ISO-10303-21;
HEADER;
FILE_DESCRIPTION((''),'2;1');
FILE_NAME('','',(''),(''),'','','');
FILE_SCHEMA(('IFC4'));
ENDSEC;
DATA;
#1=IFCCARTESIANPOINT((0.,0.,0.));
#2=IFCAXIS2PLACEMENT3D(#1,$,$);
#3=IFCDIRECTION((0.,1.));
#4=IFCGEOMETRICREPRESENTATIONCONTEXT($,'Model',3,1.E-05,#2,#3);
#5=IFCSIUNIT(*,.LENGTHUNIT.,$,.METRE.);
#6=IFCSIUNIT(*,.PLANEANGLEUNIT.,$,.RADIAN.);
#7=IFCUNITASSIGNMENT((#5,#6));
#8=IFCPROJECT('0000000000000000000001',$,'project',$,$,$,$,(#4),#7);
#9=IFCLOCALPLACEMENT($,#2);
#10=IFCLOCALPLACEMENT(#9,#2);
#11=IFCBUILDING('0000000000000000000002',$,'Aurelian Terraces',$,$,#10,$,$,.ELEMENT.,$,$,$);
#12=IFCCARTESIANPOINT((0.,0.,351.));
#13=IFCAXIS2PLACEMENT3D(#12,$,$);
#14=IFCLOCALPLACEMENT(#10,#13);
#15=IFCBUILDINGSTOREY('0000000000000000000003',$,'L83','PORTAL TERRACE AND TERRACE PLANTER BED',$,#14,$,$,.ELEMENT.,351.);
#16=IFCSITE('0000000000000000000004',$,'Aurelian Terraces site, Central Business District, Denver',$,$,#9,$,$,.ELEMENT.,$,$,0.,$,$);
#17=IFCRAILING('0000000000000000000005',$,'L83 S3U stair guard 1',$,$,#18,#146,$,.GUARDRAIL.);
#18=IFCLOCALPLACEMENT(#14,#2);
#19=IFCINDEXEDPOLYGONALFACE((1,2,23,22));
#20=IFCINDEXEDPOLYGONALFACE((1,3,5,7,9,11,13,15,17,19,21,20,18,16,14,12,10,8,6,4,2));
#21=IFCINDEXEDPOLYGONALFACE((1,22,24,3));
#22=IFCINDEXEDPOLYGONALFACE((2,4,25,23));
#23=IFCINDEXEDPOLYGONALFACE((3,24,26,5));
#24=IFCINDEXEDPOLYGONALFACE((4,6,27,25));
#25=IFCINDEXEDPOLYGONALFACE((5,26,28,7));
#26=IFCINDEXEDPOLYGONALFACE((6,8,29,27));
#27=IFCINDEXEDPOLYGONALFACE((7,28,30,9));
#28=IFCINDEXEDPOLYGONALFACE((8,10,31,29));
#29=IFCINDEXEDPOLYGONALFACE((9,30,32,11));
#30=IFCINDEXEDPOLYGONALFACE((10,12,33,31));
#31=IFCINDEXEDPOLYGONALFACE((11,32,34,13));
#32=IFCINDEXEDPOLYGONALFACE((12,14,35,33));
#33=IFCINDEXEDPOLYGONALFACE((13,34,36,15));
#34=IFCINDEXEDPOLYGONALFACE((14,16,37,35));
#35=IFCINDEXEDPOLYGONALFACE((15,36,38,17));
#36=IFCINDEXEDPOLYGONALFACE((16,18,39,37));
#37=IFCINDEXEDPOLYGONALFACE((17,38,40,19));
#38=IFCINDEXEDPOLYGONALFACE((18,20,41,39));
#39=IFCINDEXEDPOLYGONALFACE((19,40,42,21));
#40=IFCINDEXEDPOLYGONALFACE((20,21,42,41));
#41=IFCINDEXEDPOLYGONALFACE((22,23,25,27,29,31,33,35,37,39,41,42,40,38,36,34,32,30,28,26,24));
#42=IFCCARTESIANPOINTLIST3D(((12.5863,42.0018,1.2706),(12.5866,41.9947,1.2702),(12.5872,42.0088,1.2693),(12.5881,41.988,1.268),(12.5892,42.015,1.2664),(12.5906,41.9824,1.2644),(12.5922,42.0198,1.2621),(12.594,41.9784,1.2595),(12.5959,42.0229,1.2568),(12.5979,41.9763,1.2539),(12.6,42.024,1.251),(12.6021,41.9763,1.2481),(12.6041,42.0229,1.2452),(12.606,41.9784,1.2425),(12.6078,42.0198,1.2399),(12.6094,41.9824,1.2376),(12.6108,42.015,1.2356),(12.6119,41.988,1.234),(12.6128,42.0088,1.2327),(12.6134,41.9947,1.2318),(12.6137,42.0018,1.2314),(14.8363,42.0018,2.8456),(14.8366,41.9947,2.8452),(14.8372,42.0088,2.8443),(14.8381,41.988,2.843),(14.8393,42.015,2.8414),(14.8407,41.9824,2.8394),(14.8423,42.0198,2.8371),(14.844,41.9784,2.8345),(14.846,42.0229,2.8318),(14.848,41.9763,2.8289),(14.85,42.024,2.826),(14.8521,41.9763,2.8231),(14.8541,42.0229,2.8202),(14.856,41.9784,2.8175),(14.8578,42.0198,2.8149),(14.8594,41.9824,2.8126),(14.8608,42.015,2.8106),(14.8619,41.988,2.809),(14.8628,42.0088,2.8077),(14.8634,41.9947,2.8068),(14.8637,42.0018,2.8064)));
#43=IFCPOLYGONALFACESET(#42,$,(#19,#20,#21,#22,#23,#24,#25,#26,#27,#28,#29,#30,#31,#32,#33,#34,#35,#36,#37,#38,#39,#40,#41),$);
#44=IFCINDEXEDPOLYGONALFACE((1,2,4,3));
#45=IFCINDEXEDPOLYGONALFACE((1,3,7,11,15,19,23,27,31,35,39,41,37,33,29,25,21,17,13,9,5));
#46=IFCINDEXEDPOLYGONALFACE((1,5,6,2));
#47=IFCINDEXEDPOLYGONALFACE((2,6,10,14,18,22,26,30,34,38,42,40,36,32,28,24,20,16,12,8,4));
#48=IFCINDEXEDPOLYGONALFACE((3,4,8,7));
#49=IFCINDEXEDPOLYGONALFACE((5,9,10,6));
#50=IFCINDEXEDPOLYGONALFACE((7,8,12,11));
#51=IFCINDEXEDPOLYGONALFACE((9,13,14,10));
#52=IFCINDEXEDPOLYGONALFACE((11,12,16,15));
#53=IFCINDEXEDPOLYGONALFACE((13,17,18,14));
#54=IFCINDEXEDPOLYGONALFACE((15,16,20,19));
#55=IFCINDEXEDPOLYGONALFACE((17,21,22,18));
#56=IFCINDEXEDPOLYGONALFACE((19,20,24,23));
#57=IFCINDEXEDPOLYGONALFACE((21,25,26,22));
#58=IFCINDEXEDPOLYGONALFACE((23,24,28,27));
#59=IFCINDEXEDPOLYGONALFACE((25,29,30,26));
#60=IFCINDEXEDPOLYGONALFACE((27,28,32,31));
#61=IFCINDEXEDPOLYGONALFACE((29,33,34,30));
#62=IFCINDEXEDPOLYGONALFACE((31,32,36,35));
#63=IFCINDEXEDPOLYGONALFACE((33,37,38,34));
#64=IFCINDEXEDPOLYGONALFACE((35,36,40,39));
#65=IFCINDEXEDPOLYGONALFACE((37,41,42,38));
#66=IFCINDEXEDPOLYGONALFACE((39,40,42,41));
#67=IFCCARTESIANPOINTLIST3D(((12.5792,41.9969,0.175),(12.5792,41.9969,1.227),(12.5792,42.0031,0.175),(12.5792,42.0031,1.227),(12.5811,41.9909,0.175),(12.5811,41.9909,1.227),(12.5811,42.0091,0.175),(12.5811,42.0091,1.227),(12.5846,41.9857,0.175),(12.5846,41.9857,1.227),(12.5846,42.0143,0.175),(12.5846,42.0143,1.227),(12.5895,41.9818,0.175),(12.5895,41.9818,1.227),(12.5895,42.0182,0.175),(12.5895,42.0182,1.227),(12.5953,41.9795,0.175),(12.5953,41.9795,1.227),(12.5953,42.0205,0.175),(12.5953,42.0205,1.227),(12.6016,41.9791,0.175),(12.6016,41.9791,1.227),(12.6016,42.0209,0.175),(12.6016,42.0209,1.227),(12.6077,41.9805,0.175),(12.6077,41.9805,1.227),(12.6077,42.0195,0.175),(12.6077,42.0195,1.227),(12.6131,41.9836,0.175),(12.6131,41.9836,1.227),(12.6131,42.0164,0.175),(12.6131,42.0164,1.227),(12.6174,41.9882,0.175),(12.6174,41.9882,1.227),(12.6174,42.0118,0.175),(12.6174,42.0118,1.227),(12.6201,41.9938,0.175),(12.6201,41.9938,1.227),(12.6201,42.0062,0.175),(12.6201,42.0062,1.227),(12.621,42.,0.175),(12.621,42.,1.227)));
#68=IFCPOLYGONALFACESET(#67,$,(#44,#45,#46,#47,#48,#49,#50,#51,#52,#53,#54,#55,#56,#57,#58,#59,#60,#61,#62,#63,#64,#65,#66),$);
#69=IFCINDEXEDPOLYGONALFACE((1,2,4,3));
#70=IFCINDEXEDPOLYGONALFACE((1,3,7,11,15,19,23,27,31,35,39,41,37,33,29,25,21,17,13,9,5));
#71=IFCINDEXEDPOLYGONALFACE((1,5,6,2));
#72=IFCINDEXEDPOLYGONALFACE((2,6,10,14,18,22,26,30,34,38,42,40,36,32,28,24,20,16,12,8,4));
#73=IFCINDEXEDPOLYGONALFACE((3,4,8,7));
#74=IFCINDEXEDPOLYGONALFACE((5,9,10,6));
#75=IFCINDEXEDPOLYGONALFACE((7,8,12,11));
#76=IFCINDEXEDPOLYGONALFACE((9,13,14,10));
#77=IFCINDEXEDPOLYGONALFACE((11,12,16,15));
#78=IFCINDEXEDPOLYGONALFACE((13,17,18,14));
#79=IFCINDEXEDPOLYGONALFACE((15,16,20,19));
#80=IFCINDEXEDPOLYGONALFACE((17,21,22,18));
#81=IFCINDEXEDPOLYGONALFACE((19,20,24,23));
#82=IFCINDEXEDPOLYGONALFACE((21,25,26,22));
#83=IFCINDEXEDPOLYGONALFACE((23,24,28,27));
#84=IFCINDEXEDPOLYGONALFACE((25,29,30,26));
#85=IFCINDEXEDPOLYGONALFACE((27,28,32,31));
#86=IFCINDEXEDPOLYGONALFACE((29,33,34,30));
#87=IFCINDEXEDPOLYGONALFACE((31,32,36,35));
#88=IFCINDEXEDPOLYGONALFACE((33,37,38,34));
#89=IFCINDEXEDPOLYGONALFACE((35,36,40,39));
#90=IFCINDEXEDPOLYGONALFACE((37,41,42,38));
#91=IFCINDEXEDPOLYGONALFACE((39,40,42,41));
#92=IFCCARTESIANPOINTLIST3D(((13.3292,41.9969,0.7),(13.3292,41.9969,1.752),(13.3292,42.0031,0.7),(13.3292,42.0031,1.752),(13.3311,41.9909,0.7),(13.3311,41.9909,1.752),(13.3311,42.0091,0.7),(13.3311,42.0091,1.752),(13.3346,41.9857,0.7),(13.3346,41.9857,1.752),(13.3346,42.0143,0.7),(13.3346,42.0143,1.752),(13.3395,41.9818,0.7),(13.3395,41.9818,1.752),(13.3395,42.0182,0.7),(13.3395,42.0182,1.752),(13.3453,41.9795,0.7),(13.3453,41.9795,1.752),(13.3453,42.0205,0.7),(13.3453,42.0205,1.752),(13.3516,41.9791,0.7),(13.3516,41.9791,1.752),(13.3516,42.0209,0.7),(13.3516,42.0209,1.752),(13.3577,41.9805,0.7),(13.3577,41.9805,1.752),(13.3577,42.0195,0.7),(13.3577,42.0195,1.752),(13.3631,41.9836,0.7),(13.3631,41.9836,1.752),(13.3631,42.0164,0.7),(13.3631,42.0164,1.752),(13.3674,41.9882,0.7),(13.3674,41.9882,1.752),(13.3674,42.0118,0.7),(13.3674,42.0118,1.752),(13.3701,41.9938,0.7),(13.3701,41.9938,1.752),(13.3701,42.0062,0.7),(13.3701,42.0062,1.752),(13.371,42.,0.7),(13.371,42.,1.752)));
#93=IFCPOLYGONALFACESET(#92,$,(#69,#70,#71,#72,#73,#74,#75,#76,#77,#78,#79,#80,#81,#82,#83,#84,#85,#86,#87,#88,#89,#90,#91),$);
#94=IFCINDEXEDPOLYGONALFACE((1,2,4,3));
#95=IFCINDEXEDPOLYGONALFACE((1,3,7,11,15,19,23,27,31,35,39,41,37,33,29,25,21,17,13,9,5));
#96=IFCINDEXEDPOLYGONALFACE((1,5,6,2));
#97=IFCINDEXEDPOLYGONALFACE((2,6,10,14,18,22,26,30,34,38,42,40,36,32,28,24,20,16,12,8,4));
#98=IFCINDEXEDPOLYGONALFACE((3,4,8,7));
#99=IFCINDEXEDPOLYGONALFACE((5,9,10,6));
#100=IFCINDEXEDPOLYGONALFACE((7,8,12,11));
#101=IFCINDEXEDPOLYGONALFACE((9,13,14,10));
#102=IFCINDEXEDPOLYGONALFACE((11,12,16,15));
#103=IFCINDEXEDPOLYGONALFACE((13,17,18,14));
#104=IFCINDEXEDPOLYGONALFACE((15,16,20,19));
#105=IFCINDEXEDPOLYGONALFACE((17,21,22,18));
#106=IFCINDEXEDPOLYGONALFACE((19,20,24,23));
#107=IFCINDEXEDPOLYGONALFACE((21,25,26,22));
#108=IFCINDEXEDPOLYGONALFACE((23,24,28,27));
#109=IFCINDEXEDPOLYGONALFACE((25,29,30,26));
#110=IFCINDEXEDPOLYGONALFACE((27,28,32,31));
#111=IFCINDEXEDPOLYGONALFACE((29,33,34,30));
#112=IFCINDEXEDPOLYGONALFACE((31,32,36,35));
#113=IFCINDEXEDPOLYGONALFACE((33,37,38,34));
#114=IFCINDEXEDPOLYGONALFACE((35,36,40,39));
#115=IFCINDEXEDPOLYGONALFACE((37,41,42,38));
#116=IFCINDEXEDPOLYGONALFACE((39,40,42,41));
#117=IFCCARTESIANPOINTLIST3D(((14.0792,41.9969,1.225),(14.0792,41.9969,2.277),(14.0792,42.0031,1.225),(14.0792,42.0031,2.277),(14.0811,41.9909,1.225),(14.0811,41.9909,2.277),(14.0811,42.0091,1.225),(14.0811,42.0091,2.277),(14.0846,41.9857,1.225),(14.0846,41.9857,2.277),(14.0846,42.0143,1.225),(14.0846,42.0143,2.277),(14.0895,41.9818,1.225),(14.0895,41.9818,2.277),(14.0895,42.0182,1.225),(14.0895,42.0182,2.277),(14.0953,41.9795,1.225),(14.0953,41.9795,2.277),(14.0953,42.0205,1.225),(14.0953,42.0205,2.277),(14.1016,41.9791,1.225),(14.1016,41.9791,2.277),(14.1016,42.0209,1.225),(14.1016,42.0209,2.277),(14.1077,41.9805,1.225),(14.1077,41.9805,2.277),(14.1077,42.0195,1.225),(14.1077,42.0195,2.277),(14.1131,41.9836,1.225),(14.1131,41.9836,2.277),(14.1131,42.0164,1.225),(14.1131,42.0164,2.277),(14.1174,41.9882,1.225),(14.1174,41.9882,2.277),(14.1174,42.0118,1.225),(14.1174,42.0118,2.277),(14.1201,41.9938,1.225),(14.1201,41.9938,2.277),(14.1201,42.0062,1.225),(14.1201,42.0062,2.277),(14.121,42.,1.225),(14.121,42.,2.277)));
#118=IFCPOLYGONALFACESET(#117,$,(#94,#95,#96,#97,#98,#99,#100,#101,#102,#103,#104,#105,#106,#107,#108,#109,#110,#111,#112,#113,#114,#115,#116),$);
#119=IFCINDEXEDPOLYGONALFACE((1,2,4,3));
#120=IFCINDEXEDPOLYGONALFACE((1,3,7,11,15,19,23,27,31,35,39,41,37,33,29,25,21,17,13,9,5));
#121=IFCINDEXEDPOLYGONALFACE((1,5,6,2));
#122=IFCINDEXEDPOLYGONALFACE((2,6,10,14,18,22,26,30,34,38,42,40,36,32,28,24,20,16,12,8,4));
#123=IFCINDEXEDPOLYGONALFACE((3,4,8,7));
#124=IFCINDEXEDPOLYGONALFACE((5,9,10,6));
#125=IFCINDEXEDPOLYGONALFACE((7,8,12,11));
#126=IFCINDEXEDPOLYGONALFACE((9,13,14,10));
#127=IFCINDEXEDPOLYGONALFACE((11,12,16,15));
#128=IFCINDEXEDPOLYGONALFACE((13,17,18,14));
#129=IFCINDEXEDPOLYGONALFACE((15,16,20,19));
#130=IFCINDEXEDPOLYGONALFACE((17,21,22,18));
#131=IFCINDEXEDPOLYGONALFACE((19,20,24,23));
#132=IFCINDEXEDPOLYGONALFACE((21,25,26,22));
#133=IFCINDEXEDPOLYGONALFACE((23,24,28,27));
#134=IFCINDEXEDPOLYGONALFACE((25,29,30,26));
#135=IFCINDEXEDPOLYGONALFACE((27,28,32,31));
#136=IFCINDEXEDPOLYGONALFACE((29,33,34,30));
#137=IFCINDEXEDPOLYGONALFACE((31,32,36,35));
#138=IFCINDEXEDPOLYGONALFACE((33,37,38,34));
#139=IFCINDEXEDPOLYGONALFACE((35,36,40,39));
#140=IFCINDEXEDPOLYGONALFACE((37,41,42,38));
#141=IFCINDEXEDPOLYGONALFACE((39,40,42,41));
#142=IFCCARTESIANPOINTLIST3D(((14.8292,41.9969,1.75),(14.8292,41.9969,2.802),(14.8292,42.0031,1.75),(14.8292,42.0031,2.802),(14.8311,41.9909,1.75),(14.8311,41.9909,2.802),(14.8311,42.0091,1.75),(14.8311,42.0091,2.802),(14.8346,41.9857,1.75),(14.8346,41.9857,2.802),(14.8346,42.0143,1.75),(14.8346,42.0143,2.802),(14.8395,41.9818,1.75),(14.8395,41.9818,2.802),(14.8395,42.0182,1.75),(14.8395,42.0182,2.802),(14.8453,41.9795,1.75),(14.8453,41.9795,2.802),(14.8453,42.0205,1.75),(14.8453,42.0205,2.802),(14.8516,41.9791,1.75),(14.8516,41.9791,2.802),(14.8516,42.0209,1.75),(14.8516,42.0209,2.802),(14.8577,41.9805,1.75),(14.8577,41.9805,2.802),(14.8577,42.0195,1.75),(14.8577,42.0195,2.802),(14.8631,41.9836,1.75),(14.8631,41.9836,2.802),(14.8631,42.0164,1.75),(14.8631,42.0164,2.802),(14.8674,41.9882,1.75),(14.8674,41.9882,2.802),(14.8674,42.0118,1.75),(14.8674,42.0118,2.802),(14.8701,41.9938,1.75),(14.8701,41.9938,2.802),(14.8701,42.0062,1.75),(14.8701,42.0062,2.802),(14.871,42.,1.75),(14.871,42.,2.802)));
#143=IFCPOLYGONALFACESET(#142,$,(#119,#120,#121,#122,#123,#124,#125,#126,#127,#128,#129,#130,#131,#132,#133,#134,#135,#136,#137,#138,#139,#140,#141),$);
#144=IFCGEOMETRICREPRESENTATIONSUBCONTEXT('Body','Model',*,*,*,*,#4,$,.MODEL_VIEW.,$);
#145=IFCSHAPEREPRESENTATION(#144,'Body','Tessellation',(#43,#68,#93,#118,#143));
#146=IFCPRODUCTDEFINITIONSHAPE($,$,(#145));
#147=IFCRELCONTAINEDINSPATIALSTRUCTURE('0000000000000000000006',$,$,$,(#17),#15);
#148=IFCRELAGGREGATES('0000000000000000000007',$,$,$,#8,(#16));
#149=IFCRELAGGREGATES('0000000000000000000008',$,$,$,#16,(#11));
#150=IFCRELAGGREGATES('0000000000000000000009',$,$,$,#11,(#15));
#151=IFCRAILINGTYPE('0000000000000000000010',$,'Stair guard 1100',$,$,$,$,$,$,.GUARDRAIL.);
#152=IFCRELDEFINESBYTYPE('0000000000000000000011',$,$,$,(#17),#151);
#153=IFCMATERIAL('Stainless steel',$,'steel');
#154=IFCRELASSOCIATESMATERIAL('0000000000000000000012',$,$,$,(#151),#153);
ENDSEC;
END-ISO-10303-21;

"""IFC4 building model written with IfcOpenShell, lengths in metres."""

from ifc_helpers import new_model, si_unit, direction, frame, origin, origin_2d, place, context, subcontext, project, spatial, circle, extrude, source, transform, mapped, material, type_object, element, save


model = new_model("IFC4")

# Units and contexts
model_context = context("Model", 3, precision=1e-05, world=origin(), true_north=direction((0.0, 1.0)))
body_context = subcontext(model_context, "Body", "Model", "MODEL_VIEW")
ifc_project = project(units=[si_unit("LENGTHUNIT", "METRE"), si_unit("PLANEANGLEUNIT", "RADIAN")], contexts=[model_context])

# Site, building, storey
site_placement = place(None, origin())
site = spatial("IfcSite", under=ifc_project, at=site_placement, Name="Aurelian Terraces site, Central Business District, Denver", CompositionType="ELEMENT", RefElevation=0.0)
building_placement = place(site_placement, origin())
building = spatial("IfcBuilding", under=site, at=building_placement, Name="Aurelian Terraces", CompositionType="ELEMENT")
storey_placement = place(building_placement, frame((0.0, 0.0, 351.0)))
storey = spatial("IfcBuildingStorey", under=building, at=storey_placement, Name="L83", Description="PORTAL TERRACE AND TERRACE PLANTER BED", CompositionType="ELEMENT", Elevation=351.0)

# Railing
ifc_material_1 = material(Name="Stainless steel", Category="steel")
railing_type_1 = type_object("IfcRailingType", Name="Stair guard 1100", PredefinedType="GUARDRAIL", material=ifc_material_1)
shared_shape_1 = source(origin(), body_context, "Body", "SweptSolid", [
    extrude(circle(Radius=0.024, at=origin_2d()), frame((0.0, 0.0, 1.076), z_axis=(0.819232, 0.0, 0.573462), x_axis=(0.0, 1.0, 0.0)), (0.0, 0.0, 1.0), 2.7465),
    extrude(circle(Radius=0.021, at=origin_2d()), origin(), (0.0, 0.0, 1.0), 1.052),
    extrude(circle(Radius=0.021, at=origin_2d()), frame((0.75, 0.0, 0.525)), (0.0, 0.0, 1.0), 1.052),
    extrude(circle(Radius=0.021, at=origin_2d()), frame((1.5, 0.0, 1.05)), (0.0, 0.0, 1.0), 1.052),
    extrude(circle(Radius=0.021, at=origin_2d()), frame((2.25, 0.0, 1.575)), (0.0, 0.0, 1.0), 1.052),
])
railing_1_placement = place(storey_placement, frame((12.6, 42.0, 0.175)))
element("IfcRailing", 1, at=railing_1_placement, inside=storey, type_object=railing_type_1, Name="L83 S3U stair guard 1", PredefinedType="GUARDRAIL", context=body_context, shape_type="MappedRepresentation", body=[
    mapped(shared_shape_1, transform((0.0, 0.0, 0.0), scale=1.0)),
])

save(model, "model.ifc")
